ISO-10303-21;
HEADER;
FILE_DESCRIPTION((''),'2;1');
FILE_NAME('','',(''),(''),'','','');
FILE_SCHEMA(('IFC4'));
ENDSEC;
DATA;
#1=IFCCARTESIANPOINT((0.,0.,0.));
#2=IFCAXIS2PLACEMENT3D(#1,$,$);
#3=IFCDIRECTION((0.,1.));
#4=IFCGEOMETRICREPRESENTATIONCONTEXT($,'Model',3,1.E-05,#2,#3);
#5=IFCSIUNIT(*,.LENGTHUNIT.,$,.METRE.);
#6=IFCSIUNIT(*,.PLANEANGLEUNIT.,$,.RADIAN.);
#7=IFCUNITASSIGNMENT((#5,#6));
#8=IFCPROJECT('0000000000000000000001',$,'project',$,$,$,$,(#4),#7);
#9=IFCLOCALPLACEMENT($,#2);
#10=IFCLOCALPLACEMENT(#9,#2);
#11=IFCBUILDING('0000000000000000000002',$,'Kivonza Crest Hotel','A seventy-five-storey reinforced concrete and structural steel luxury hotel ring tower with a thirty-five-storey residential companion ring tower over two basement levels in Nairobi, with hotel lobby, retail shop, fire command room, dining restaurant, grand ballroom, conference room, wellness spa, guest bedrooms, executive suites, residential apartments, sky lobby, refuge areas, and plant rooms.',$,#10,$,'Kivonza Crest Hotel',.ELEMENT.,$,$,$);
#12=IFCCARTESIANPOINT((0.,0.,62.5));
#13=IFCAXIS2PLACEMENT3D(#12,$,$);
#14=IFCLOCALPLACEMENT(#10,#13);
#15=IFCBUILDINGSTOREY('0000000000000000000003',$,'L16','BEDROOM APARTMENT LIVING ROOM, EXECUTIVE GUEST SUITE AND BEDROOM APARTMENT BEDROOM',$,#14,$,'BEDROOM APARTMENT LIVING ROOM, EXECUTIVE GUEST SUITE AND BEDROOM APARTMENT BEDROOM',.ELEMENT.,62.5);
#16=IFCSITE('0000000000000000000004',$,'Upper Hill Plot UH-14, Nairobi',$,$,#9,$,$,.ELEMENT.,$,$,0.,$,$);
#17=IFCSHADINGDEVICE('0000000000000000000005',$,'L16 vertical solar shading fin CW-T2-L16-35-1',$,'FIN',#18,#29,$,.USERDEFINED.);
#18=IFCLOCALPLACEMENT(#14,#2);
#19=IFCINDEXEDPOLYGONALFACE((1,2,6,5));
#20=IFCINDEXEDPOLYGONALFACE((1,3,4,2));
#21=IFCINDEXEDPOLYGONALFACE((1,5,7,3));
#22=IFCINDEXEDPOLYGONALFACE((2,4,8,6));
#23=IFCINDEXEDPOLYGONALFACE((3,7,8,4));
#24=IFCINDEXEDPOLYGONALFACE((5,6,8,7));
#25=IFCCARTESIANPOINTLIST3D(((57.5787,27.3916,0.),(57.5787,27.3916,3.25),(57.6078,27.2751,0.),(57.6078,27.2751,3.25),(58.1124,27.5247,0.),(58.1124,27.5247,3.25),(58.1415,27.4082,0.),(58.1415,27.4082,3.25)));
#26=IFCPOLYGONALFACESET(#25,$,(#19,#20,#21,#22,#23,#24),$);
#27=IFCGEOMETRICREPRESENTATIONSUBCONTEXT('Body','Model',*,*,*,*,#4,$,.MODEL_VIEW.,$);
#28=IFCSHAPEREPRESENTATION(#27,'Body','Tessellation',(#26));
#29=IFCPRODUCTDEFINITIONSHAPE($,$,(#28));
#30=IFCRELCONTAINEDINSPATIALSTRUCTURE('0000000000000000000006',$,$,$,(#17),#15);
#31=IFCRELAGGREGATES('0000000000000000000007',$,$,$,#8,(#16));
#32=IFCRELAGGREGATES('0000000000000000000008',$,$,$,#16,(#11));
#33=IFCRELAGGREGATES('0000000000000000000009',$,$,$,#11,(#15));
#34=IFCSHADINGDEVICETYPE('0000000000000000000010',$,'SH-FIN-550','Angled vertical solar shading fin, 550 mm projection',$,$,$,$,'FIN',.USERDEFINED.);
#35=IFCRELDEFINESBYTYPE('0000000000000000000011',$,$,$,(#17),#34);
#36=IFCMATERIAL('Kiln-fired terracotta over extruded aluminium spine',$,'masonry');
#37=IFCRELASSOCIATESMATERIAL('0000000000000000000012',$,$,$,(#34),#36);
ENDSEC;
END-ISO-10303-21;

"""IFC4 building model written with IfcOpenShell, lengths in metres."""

from ifc_helpers import new_model, si_unit, direction, frame, origin, origin_2d, place, context, subcontext, project, spatial, rectangle, extrude, material, type_object, element, save


model = new_model("IFC4")

# Units and contexts
model_context = context("Model", 3, precision=1e-05, world=origin(), true_north=direction((0.0, 1.0)))
body_context = subcontext(model_context, "Body", "Model", "MODEL_VIEW")
ifc_project = project(units=[si_unit("LENGTHUNIT", "METRE"), si_unit("PLANEANGLEUNIT", "RADIAN")], contexts=[model_context])

# Site, building, storey
site_placement = place(None, origin())
site = spatial("IfcSite", under=ifc_project, at=site_placement, Name="Upper Hill Plot UH-14, Nairobi", CompositionType="ELEMENT", RefElevation=0.0)
building_placement = place(site_placement, origin())
building = spatial("IfcBuilding", under=site, at=building_placement, Name="Kivonza Crest Hotel", Description="A seventy-five-storey reinforced concrete and structural steel luxury hotel ring tower with a thirty-five-storey residential companion ring tower over two basement levels in Nairobi, with hotel lobby, retail shop, fire command room, dining restaurant, grand ballroom, conference room, wellness spa, guest bedrooms, executive suites, residential apartments, sky lobby, refuge areas, and plant rooms.", LongName="Kivonza Crest Hotel", CompositionType="ELEMENT")
storey_placement = place(building_placement, frame((0.0, 0.0, 62.5)))
storey = spatial("IfcBuildingStorey", under=building, at=storey_placement, Name="L16", Description="BEDROOM APARTMENT LIVING ROOM, EXECUTIVE GUEST SUITE AND BEDROOM APARTMENT BEDROOM", LongName="BEDROOM APARTMENT LIVING ROOM, EXECUTIVE GUEST SUITE AND BEDROOM APARTMENT BEDROOM", CompositionType="ELEMENT", Elevation=62.5)

# Shading device
ifc_material_1 = material(Name="Kiln-fired terracotta over extruded aluminium spine", Category="masonry")
shading_device_type = type_object("IfcShadingDeviceType", Name="SH-FIN-550", Description="Angled vertical solar shading fin, 550 mm projection", ElementType="FIN", PredefinedType="USERDEFINED", material=ifc_material_1)
shading_device_1_placement = place(storey_placement, frame((57.8601, 27.3999, 0.0), z_axis=(0.0, 0.0, 1.0), x_axis=(0.241922, -0.970296, 0.0)))
element("IfcShadingDevice", 1, at=shading_device_1_placement, inside=storey, type_object=shading_device_type, Name="L16 vertical solar shading fin CW-T2-L16-35-1", ObjectType="FIN", PredefinedType="USERDEFINED", context=body_context, shape_type="SweptSolid", body=[
    extrude(rectangle(XDim=0.1201, YDim=0.55, at=origin_2d()), origin(), (0.0, 0.0, 1.0), 3.25),
])

save(model, "model.ifc")
